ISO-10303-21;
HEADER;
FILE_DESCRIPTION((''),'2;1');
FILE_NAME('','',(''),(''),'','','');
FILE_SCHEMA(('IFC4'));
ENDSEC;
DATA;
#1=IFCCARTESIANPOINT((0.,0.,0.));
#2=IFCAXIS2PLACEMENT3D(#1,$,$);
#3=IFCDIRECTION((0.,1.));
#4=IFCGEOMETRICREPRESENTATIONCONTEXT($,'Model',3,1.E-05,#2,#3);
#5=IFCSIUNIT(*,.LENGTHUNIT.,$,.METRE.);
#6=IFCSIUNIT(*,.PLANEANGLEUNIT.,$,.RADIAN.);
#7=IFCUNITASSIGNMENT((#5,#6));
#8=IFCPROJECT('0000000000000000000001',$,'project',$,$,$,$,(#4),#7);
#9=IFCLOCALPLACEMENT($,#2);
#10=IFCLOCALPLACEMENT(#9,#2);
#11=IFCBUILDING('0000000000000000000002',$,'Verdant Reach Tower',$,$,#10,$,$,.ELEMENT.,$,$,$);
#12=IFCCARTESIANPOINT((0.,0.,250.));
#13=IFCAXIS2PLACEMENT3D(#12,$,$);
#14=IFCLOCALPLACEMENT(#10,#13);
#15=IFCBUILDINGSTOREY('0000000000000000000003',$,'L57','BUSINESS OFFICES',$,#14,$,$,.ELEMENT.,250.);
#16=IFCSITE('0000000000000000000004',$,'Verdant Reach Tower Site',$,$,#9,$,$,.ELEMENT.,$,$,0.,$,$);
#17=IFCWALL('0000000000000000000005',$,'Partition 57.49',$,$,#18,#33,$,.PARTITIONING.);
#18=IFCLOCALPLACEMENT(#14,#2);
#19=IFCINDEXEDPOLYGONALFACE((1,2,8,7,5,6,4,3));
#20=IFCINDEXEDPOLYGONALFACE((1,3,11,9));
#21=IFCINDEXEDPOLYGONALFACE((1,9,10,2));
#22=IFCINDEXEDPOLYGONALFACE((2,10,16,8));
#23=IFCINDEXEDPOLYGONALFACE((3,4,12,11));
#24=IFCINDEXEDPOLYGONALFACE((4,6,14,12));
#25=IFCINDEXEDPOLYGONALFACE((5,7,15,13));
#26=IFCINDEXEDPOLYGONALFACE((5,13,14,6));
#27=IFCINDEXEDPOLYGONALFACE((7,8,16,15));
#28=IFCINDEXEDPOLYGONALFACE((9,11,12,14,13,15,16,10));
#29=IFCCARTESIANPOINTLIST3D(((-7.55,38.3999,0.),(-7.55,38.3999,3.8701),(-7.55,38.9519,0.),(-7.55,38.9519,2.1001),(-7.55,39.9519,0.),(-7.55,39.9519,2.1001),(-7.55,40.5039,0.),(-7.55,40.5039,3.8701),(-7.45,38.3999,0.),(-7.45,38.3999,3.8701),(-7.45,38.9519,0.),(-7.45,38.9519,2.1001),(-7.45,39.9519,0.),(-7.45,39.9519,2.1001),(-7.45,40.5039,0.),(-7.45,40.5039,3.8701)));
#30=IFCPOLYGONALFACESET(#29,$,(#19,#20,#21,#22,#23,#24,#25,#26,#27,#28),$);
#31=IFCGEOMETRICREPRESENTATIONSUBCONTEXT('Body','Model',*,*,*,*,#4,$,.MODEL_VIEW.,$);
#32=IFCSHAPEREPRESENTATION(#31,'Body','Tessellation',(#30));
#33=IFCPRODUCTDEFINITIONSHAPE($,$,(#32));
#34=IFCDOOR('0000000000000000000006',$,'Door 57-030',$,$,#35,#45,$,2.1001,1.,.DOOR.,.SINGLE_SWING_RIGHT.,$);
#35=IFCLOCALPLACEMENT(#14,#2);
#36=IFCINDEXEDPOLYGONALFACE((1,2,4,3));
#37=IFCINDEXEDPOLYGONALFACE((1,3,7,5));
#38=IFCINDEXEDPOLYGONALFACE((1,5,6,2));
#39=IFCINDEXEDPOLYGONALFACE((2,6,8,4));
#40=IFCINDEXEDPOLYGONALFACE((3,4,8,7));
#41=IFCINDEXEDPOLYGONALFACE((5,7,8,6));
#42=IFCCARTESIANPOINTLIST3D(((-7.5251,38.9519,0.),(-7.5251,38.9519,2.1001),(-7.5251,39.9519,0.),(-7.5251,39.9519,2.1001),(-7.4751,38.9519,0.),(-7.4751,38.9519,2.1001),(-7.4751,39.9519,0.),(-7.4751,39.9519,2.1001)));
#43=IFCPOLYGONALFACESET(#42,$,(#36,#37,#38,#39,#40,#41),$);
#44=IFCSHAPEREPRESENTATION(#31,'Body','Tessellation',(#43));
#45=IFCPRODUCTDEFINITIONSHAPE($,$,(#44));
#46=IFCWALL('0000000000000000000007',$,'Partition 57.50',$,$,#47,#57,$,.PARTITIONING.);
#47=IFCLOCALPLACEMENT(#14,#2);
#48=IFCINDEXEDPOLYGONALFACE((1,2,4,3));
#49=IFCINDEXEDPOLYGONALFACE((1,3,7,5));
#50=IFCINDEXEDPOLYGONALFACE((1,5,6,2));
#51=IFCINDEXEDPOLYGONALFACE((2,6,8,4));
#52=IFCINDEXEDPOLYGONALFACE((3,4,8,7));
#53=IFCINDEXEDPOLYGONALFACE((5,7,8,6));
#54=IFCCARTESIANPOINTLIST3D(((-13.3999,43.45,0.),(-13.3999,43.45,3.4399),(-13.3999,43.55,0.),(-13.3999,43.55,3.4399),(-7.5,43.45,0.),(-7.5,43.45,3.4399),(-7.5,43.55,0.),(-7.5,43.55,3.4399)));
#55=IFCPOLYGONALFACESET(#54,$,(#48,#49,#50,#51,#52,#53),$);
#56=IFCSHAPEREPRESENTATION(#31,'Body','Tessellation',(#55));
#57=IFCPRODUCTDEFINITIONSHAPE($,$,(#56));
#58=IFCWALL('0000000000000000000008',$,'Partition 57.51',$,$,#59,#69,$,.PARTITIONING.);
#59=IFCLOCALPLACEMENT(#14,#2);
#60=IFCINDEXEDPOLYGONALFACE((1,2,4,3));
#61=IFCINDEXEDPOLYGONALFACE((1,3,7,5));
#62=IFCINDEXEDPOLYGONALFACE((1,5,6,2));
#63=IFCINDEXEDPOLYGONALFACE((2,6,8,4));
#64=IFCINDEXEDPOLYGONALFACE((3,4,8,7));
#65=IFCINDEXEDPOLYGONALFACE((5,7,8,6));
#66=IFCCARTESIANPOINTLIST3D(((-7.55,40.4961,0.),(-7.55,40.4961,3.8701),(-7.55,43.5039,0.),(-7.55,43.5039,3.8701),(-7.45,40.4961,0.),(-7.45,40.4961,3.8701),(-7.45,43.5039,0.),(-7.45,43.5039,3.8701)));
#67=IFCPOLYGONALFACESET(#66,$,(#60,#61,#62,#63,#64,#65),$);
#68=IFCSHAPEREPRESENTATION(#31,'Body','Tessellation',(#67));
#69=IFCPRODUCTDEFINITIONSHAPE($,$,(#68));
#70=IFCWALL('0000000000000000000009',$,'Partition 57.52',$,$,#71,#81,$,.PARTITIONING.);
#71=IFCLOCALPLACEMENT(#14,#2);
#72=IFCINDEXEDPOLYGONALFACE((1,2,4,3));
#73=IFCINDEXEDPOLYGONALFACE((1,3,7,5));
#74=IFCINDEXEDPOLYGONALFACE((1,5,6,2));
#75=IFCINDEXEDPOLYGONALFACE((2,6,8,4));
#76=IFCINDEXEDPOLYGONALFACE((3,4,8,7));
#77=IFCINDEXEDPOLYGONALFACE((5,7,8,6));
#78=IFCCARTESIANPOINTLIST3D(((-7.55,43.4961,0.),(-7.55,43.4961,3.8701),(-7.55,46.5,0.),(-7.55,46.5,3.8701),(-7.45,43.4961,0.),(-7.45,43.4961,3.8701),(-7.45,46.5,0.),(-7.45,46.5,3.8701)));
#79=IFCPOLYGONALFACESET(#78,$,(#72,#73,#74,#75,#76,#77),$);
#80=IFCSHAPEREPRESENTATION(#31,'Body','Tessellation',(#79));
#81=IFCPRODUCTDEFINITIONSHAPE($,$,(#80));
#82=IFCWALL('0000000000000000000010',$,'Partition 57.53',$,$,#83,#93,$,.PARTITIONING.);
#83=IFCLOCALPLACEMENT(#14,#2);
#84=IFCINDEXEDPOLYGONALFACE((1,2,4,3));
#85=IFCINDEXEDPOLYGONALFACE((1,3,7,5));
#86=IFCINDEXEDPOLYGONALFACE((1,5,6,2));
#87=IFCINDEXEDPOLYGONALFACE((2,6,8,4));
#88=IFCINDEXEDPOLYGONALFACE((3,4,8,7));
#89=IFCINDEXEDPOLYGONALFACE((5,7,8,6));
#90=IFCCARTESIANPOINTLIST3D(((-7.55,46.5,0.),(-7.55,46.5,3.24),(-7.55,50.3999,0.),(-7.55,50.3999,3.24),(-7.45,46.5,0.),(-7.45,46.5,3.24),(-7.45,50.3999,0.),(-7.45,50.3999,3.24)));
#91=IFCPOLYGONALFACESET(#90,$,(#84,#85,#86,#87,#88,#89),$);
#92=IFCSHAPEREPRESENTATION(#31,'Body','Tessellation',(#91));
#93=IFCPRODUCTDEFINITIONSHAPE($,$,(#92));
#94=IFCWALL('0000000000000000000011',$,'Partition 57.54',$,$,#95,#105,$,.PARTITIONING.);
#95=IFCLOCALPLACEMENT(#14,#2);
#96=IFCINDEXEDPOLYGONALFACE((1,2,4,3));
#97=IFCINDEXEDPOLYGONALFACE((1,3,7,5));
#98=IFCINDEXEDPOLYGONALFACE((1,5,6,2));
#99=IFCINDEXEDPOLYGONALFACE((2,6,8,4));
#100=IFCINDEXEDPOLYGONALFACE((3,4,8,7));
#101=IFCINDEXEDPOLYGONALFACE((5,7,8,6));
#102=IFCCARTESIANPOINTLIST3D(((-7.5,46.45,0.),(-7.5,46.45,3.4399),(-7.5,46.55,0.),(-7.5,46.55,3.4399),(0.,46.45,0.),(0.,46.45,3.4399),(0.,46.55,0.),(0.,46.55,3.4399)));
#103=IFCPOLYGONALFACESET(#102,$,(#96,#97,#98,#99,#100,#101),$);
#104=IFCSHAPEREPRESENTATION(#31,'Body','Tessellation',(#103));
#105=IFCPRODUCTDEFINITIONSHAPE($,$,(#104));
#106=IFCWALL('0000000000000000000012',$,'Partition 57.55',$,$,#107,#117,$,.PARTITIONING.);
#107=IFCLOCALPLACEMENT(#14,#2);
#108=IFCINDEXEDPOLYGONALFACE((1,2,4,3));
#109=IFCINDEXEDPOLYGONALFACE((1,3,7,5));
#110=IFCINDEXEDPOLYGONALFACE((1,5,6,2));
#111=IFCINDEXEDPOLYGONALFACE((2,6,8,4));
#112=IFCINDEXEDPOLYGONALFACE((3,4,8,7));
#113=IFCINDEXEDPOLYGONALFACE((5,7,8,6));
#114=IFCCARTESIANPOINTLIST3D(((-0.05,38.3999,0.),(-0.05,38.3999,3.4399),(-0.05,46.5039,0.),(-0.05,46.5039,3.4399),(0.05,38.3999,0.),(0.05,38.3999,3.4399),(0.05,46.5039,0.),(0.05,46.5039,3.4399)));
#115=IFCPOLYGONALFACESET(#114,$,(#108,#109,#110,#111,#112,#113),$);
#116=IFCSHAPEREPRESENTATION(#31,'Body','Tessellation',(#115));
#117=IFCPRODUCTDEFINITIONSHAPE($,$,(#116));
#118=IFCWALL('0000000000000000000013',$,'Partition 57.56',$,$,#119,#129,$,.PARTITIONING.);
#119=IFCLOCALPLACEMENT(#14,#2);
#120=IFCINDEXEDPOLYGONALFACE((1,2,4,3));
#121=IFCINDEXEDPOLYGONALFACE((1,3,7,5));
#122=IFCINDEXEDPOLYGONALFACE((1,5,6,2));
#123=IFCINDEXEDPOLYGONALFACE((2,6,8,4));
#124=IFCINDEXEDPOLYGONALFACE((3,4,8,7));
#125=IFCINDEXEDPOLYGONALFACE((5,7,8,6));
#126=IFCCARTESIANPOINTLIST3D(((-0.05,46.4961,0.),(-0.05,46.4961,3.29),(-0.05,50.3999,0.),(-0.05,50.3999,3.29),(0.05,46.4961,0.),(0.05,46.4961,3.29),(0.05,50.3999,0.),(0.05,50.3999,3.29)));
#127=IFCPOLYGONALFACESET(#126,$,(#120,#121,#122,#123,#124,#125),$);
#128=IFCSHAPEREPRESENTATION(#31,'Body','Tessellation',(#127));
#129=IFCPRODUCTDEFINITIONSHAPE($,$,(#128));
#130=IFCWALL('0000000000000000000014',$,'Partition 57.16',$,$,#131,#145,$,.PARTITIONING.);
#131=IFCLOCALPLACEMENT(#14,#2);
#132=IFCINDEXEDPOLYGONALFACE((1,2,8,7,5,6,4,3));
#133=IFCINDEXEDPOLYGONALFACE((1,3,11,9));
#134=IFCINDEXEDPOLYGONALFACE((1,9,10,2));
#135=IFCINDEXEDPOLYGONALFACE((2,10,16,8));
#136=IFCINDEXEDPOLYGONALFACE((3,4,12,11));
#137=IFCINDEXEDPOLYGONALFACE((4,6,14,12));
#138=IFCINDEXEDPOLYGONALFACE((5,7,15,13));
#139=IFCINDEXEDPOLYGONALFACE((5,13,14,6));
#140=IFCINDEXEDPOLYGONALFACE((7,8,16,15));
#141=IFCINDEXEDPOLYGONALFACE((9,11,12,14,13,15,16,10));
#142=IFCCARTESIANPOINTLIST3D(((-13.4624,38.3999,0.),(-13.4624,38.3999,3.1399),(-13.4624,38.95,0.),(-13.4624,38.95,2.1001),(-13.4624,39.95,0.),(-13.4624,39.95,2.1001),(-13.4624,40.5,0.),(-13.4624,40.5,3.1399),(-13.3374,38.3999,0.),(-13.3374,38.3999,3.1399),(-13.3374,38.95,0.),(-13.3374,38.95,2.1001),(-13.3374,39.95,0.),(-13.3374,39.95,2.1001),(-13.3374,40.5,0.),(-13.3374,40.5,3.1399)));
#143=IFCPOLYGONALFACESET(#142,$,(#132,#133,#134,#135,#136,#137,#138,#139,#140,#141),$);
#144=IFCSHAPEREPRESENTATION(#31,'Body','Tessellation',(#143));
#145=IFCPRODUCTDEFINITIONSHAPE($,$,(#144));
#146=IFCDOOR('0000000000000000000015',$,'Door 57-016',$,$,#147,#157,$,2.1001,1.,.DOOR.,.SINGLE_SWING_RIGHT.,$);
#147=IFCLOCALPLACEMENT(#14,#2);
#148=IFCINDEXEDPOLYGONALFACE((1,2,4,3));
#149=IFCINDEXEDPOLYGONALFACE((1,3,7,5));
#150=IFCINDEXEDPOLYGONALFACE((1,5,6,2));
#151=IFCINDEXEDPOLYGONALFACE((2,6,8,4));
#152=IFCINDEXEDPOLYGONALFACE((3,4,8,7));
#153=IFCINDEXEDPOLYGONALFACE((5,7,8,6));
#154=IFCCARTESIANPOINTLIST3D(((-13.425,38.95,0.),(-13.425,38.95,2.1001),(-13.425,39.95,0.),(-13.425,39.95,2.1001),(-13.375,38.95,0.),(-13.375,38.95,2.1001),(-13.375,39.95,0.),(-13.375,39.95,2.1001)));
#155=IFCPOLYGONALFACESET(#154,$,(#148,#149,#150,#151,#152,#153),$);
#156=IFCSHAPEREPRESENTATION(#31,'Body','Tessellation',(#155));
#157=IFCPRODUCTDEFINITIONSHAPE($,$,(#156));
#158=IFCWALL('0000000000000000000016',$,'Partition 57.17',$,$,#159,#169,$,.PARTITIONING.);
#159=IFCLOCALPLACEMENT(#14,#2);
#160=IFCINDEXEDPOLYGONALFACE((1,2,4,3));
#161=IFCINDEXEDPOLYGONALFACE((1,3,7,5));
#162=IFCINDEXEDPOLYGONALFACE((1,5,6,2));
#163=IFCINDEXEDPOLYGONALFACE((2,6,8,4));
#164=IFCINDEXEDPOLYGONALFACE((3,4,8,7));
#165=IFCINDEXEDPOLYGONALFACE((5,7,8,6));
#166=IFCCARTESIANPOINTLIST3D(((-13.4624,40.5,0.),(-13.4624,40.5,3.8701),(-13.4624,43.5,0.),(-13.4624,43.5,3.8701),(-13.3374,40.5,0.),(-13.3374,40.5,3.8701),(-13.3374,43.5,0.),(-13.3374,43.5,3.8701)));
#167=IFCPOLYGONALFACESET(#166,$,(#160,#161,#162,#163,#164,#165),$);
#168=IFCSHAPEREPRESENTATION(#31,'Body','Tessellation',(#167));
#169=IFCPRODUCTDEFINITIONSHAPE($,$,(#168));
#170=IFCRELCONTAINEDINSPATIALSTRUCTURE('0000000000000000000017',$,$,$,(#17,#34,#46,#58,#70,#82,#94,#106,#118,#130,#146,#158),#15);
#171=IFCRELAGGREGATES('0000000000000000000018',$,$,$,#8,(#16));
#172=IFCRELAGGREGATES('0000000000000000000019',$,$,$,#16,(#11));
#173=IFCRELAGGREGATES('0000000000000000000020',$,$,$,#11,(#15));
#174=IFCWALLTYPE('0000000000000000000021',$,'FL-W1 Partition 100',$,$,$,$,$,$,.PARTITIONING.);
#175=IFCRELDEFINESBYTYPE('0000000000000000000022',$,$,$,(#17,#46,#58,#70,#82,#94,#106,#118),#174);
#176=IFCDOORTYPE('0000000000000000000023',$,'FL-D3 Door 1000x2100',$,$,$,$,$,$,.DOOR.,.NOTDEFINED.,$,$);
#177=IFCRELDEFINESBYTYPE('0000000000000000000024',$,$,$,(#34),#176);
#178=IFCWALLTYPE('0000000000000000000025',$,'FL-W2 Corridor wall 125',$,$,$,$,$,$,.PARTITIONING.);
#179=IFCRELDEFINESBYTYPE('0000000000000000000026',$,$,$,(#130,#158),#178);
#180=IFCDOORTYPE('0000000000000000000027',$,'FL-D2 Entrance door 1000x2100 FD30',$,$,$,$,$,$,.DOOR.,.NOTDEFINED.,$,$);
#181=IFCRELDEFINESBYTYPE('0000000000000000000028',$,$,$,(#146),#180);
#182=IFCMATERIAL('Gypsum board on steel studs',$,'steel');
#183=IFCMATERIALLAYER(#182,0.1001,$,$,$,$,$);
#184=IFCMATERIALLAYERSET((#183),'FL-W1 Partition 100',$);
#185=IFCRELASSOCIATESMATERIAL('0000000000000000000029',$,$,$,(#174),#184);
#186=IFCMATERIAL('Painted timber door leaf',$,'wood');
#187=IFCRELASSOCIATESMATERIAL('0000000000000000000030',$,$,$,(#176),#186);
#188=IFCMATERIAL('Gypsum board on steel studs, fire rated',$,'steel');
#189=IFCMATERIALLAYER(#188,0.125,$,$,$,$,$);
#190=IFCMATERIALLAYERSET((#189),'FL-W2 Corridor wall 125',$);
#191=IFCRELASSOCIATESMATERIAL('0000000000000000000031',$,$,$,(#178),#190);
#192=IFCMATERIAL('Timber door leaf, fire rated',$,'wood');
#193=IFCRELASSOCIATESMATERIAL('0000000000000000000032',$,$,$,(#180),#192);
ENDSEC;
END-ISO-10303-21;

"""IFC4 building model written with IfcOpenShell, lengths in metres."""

from ifc_helpers import new_model, si_unit, direction, frame, frame_2d, origin, place, context, subcontext, project, spatial, rectangle, extrude, material, layer, layer_set, type_object, element, fill, save


model = new_model("IFC4")

# Units and contexts
model_context = context("Model", 3, precision=1e-05, world=origin(), true_north=direction((0.0, 1.0)))
body_context = subcontext(model_context, "Body", "Model", "MODEL_VIEW")
ifc_project = project(units=[si_unit("LENGTHUNIT", "METRE"), si_unit("PLANEANGLEUNIT", "RADIAN")], contexts=[model_context])

# Site, building, storey
site_placement = place(None, origin())
site = spatial("IfcSite", under=ifc_project, at=site_placement, Name="Verdant Reach Tower Site", CompositionType="ELEMENT", RefElevation=0.0)
building_placement = place(site_placement, origin())
building = spatial("IfcBuilding", under=site, at=building_placement, Name="Verdant Reach Tower", CompositionType="ELEMENT")
storey_placement = place(building_placement, frame((0.0, 0.0, 250.0)))
storey = spatial("IfcBuildingStorey", under=building, at=storey_placement, Name="L57", Description="BUSINESS OFFICES", CompositionType="ELEMENT", Elevation=250.0)

# Shared definitions
ifc_material_1 = material(Name="Gypsum board on steel studs", Category="steel")
ifc_layer_1 = layer(ifc_material_1, 0.1001)
ifc_layer_set_1 = layer_set([ifc_layer_1], Name="FL-W1 Partition 100")
wall_type_1 = type_object("IfcWallType", Name="FL-W1 Partition 100", PredefinedType="PARTITIONING", material=ifc_layer_set_1)

# Wall, opening, door
ifc_material_2 = material(Name="Painted timber door leaf", Category="wood")
door_type_1 = type_object("IfcDoorType", Name="FL-D3 Door 1000x2100", OperationType="NOTDEFINED", PredefinedType="DOOR", material=ifc_material_2)
wall_1_placement = place(storey_placement, frame((-7.5, 40.5039, 0.0), z_axis=(0.0, 0.0, 1.0), x_axis=(0.0, -1.0, 0.0)))
wall_1 = element("IfcWall", 1, at=wall_1_placement, inside=storey, type_object=wall_type_1, Name="Partition 57.49", PredefinedType="PARTITIONING", context=body_context, shape_type="SweptSolid", body=[
    extrude(rectangle(XDim=2.104, YDim=0.1001, at=frame_2d((1.052, 0.0))), origin(), (0.0, 0.0, 1.0), 3.8701),
])
opening_1_placement = place(wall_1_placement, frame((0.552, 0.0, 0.0)))
opening_1 = element("IfcOpeningElement", 2, at=opening_1_placement, cuts=wall_1, PredefinedType="OPENING", context=body_context, shape_type="SweptSolid", body=[
    extrude(rectangle(XDim=1.0, YDim=2.1001, at=frame_2d((0.5, 1.05))), frame((0.0, 0.0601, 0.0), z_axis=(0.0, -1.0, 0.0), x_axis=(1.0, 0.0, 0.0)), (0.0, 0.0, 1.0), 0.1201),
])
door_1_placement = place(opening_1_placement, origin())
door_1 = element("IfcDoor", 3, at=door_1_placement, inside=storey, type_object=door_type_1, Name="Door 57-030", OperationType="SINGLE_SWING_RIGHT", OverallHeight=2.1001, OverallWidth=1.0, PredefinedType="DOOR", context=body_context, shape_type="SweptSolid", body=[
    extrude(rectangle(XDim=1.0, YDim=2.1001, at=frame_2d((0.5, 1.05))), frame((0.0, 0.0249, 0.0), z_axis=(0.0, -1.0, 0.0), x_axis=(1.0, 0.0, 0.0)), (0.0, 0.0, 1.0), 0.05),
])
fill(opening_1, door_1)

# Walls
wall_2_placement = place(storey_placement, frame((-7.5, 43.5, 0.0), z_axis=(0.0, 0.0, 1.0), x_axis=(-1.0, 0.0, 0.0)))
element("IfcWall", 4, at=wall_2_placement, inside=storey, type_object=wall_type_1, Name="Partition 57.50", PredefinedType="PARTITIONING", context=body_context, shape_type="SweptSolid", body=[
    extrude(rectangle(XDim=5.8999, YDim=0.1001, at=frame_2d((2.95, 0.0))), origin(), (0.0, 0.0, 1.0), 3.4399),
])
wall_3_placement = place(storey_placement, frame((-7.5, 40.4961, 0.0), z_axis=(0.0, 0.0, 1.0), x_axis=(0.0, 1.0, 0.0)))
element("IfcWall", 5, at=wall_3_placement, inside=storey, type_object=wall_type_1, Name="Partition 57.51", PredefinedType="PARTITIONING", context=body_context, shape_type="SweptSolid", body=[
    extrude(rectangle(XDim=3.0078, YDim=0.1001, at=frame_2d((1.5039, 0.0))), origin(), (0.0, 0.0, 1.0), 3.8701),
])
wall_4_placement = place(storey_placement, frame((-7.5, 43.4961, 0.0), z_axis=(0.0, 0.0, 1.0), x_axis=(0.0, 1.0, 0.0)))
element("IfcWall", 6, at=wall_4_placement, inside=storey, type_object=wall_type_1, Name="Partition 57.52", PredefinedType="PARTITIONING", context=body_context, shape_type="SweptSolid", body=[
    extrude(rectangle(XDim=3.0039, YDim=0.1001, at=frame_2d((1.502, 0.0))), origin(), (0.0, 0.0, 1.0), 3.8701),
])
wall_5_placement = place(storey_placement, frame((-7.5, 46.5, 0.0), z_axis=(0.0, 0.0, 1.0), x_axis=(0.0, 1.0, 0.0)))
element("IfcWall", 7, at=wall_5_placement, inside=storey, type_object=wall_type_1, Name="Partition 57.53", PredefinedType="PARTITIONING", context=body_context, shape_type="SweptSolid", body=[
    extrude(rectangle(XDim=3.8999, YDim=0.1001, at=frame_2d((1.95, 0.0))), origin(), (0.0, 0.0, 1.0), 3.24),
])
wall_6_placement = place(storey_placement, frame((0.0, 46.5, 0.0), z_axis=(0.0, 0.0, 1.0), x_axis=(-1.0, 0.0, 0.0)))
element("IfcWall", 8, at=wall_6_placement, inside=storey, type_object=wall_type_1, Name="Partition 57.54", PredefinedType="PARTITIONING", context=body_context, shape_type="SweptSolid", body=[
    extrude(rectangle(XDim=7.5, YDim=0.1001, at=frame_2d((3.75, 0.0))), origin(), (0.0, 0.0, 1.0), 3.4399),
])
wall_7_placement = place(storey_placement, frame((0.0, 38.3999, 0.0), z_axis=(0.0, 0.0, 1.0), x_axis=(0.0, 1.0, 0.0)))
element("IfcWall", 9, at=wall_7_placement, inside=storey, type_object=wall_type_1, Name="Partition 57.55", PredefinedType="PARTITIONING", context=body_context, shape_type="SweptSolid", body=[
    extrude(rectangle(XDim=8.104, YDim=0.1001, at=frame_2d((4.052, 0.0))), origin(), (0.0, 0.0, 1.0), 3.4399),
])
wall_8_placement = place(storey_placement, frame((0.0, 46.4961, 0.0), z_axis=(0.0, 0.0, 1.0), x_axis=(0.0, 1.0, 0.0)))
element("IfcWall", 10, at=wall_8_placement, inside=storey, type_object=wall_type_1, Name="Partition 57.56", PredefinedType="PARTITIONING", context=body_context, shape_type="SweptSolid", body=[
    extrude(rectangle(XDim=3.9038, YDim=0.1001, at=frame_2d((1.9519, 0.0))), origin(), (0.0, 0.0, 1.0), 3.29),
])

# Wall, opening, door
ifc_material_3 = material(Name="Gypsum board on steel studs, fire rated", Category="steel")
ifc_layer_2 = layer(ifc_material_3, 0.125)
ifc_layer_set_2 = layer_set([ifc_layer_2], Name="FL-W2 Corridor wall 125")
wall_type_2 = type_object("IfcWallType", Name="FL-W2 Corridor wall 125", PredefinedType="PARTITIONING", material=ifc_layer_set_2)
wall_9_placement = place(storey_placement, frame((-13.3999, 40.5, 0.0), z_axis=(0.0, 0.0, 1.0), x_axis=(0.0, -1.0, 0.0)))
wall_9 = element("IfcWall", 11, at=wall_9_placement, inside=storey, type_object=wall_type_2, Name="Partition 57.16", PredefinedType="PARTITIONING", context=body_context, shape_type="SweptSolid", body=[
    extrude(rectangle(XDim=2.1001, YDim=0.125, at=frame_2d((1.05, 0.0))), origin(), (0.0, 0.0, 1.0), 3.1399),
])
opening_2_placement = place(wall_9_placement, frame((0.55, 0.0, 0.0)))
opening_2 = element("IfcOpeningElement", 12, at=opening_2_placement, cuts=wall_9, PredefinedType="OPENING", context=body_context, shape_type="SweptSolid", body=[
    extrude(rectangle(XDim=1.0, YDim=2.1001, at=frame_2d((0.5, 1.05))), frame((0.0, 0.0725, 0.0), z_axis=(0.0, -1.0, 0.0), x_axis=(1.0, 0.0, 0.0)), (0.0, 0.0, 1.0), 0.145),
])
ifc_material_4 = material(Name="Timber door leaf, fire rated", Category="wood")
door_type_2 = type_object("IfcDoorType", Name="FL-D2 Entrance door 1000x2100 FD30", OperationType="NOTDEFINED", PredefinedType="DOOR", material=ifc_material_4)
door_2_placement = place(opening_2_placement, origin())
door_2 = element("IfcDoor", 13, at=door_2_placement, inside=storey, type_object=door_type_2, Name="Door 57-016", OperationType="SINGLE_SWING_RIGHT", OverallHeight=2.1001, OverallWidth=1.0, PredefinedType="DOOR", context=body_context, shape_type="SweptSolid", body=[
    extrude(rectangle(XDim=1.0, YDim=2.1001, at=frame_2d((0.5, 1.05))), frame((0.0, 0.0249, 0.0), z_axis=(0.0, -1.0, 0.0), x_axis=(1.0, 0.0, 0.0)), (0.0, 0.0, 1.0), 0.05),
])
fill(opening_2, door_2)

# Wall
wall_10_placement = place(storey_placement, frame((-13.3999, 40.5, 0.0), z_axis=(0.0, 0.0, 1.0), x_axis=(0.0, 1.0, 0.0)))
element("IfcWall", 14, at=wall_10_placement, inside=storey, type_object=wall_type_2, Name="Partition 57.17", PredefinedType="PARTITIONING", context=body_context, shape_type="SweptSolid", body=[
    extrude(rectangle(XDim=3.0, YDim=0.125, at=frame_2d((1.5, 0.0))), origin(), (0.0, 0.0, 1.0), 3.8701),
])

save(model, "model.ifc")
